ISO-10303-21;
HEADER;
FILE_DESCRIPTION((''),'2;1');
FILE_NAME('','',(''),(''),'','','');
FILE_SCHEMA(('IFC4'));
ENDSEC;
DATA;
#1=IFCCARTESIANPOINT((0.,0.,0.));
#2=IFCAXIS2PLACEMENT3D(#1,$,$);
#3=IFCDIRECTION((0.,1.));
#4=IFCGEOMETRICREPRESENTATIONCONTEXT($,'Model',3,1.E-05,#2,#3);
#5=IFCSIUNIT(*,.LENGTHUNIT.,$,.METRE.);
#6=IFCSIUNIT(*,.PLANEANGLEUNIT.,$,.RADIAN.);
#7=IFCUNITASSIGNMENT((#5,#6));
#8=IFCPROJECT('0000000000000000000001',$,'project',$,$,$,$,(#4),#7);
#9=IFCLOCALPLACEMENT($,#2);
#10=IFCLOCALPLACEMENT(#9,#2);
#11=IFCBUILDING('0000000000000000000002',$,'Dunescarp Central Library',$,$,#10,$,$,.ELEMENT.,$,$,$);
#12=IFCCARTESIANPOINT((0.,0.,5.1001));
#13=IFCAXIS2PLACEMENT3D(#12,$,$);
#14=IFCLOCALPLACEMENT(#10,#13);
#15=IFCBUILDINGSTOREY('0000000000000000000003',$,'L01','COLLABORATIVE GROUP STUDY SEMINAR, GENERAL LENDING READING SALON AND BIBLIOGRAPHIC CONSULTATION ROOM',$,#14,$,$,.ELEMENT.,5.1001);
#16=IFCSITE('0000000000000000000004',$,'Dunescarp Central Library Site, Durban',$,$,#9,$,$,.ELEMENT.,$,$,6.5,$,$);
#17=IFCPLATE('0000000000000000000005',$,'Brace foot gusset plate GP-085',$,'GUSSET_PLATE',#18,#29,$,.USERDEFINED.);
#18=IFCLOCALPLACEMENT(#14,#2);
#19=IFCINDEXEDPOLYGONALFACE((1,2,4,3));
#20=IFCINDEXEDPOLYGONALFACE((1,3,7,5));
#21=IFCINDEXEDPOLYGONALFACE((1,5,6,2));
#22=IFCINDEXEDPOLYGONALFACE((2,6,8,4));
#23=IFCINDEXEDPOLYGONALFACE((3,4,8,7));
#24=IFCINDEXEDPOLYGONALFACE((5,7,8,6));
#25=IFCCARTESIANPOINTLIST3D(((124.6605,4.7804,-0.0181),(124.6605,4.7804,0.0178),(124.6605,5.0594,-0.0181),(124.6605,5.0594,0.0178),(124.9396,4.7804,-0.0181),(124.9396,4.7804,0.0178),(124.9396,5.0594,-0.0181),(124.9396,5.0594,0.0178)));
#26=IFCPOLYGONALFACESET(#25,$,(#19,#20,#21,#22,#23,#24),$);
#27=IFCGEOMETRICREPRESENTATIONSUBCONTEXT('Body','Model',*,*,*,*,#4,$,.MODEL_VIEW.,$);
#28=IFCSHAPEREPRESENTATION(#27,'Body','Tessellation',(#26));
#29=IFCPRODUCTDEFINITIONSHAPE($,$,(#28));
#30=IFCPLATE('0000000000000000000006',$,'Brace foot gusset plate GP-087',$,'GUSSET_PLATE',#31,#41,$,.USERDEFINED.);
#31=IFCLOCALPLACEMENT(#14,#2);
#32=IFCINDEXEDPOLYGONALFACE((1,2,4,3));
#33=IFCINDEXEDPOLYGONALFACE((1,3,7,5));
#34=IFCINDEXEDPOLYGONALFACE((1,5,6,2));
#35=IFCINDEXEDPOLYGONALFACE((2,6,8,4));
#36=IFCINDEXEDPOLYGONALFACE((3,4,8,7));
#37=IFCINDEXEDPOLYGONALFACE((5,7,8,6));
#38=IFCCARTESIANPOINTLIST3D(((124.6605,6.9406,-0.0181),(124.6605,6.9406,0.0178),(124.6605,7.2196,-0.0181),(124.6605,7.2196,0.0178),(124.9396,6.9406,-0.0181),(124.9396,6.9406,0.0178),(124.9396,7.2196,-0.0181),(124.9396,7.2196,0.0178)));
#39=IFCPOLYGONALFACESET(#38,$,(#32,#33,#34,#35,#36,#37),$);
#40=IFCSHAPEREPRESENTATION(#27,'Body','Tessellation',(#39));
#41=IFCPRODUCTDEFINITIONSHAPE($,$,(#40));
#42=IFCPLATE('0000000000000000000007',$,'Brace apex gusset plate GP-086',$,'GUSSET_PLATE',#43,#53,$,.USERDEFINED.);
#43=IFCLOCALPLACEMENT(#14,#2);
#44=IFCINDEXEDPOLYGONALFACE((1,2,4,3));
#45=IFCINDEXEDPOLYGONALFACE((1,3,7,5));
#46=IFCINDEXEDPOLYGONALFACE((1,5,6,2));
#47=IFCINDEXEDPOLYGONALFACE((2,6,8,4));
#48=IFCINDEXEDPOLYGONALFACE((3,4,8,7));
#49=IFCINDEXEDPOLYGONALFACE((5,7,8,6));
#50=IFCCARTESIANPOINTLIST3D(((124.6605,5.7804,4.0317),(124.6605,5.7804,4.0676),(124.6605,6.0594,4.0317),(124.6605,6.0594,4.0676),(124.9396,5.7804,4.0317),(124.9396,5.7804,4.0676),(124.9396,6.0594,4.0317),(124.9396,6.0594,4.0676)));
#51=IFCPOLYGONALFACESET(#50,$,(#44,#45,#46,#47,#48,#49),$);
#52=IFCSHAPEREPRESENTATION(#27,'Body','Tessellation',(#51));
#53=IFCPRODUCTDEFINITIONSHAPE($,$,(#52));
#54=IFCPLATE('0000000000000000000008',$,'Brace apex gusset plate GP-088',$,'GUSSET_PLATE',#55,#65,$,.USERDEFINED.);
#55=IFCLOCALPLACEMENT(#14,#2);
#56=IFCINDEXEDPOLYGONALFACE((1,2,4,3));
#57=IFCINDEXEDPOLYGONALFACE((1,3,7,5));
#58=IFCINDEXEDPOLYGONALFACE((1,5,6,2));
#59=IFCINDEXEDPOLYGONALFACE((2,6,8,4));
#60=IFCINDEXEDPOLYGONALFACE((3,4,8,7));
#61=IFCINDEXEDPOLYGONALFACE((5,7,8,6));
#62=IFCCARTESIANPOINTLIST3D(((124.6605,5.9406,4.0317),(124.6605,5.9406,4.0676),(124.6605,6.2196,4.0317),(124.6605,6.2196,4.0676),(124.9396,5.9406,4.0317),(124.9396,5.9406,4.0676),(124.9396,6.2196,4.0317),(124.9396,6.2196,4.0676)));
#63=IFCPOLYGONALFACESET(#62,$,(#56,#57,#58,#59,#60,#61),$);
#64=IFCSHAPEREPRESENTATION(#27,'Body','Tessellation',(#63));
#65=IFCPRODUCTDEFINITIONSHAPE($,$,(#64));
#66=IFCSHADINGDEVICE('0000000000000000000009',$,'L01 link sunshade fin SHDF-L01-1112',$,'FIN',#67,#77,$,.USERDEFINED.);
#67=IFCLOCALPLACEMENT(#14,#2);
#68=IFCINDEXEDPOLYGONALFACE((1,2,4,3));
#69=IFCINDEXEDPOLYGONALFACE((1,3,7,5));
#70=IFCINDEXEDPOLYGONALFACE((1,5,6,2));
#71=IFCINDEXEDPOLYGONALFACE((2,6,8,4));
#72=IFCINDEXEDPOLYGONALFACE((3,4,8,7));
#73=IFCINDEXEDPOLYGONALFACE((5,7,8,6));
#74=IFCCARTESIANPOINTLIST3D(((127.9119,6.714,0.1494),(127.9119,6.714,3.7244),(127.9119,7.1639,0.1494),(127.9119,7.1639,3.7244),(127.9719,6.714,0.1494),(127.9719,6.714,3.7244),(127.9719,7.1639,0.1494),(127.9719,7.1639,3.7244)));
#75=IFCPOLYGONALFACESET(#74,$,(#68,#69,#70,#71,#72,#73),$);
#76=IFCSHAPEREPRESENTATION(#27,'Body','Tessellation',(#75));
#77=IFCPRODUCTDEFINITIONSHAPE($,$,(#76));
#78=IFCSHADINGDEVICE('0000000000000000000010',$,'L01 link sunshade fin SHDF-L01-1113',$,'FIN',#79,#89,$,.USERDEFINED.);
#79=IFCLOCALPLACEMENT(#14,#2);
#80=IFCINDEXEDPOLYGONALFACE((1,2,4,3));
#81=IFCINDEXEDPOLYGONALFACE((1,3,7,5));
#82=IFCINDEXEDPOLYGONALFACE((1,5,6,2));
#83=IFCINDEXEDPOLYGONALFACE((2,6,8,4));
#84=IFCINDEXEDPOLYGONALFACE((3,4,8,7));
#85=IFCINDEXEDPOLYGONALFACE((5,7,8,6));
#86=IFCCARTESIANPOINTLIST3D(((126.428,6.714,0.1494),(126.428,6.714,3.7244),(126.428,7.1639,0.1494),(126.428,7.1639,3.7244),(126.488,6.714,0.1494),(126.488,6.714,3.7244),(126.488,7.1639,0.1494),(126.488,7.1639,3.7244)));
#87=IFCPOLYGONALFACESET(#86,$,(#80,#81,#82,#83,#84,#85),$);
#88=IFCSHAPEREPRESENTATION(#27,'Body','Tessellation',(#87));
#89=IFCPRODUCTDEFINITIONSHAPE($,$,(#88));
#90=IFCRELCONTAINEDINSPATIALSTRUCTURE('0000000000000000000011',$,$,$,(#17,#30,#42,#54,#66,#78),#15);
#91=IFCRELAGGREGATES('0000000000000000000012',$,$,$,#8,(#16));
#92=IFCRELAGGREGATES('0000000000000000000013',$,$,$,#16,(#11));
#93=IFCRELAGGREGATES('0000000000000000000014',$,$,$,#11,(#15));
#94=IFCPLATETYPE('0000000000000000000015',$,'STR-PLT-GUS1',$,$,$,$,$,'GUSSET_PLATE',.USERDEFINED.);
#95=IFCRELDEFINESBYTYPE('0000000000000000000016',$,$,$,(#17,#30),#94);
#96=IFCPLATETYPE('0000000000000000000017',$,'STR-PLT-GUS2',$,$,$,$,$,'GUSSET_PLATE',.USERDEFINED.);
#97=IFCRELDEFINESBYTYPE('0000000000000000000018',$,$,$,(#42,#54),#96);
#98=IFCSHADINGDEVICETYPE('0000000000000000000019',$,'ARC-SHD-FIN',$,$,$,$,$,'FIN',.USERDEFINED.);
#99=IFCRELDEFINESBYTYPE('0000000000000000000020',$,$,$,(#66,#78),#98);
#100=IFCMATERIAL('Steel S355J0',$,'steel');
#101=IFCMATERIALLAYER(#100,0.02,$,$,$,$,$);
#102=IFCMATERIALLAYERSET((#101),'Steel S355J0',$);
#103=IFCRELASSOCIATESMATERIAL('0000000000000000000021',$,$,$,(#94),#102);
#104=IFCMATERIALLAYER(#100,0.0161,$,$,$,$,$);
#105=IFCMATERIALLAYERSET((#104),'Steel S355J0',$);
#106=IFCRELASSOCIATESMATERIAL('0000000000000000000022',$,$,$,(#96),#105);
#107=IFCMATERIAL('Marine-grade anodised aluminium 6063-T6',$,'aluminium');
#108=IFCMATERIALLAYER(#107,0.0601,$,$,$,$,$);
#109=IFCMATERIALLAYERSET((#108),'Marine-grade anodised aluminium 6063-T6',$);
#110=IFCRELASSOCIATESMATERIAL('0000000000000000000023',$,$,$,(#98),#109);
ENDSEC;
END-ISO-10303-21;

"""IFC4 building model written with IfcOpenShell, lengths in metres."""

from ifc_helpers import new_model, si_unit, direction, frame, origin, origin_2d, place, context, subcontext, project, spatial, rectangle, extrude, material, layer, layer_set, type_object, element, save


model = new_model("IFC4")

# Units and contexts
model_context = context("Model", 3, precision=1e-05, world=origin(), true_north=direction((0.0, 1.0)))
body_context = subcontext(model_context, "Body", "Model", "MODEL_VIEW")
ifc_project = project(units=[si_unit("LENGTHUNIT", "METRE"), si_unit("PLANEANGLEUNIT", "RADIAN")], contexts=[model_context])

# Site, building, storey
site_placement = place(None, origin())
site = spatial("IfcSite", under=ifc_project, at=site_placement, Name="Dunescarp Central Library Site, Durban", CompositionType="ELEMENT", RefElevation=6.5)
building_placement = place(site_placement, origin())
building = spatial("IfcBuilding", under=site, at=building_placement, Name="Dunescarp Central Library", CompositionType="ELEMENT")
storey_placement = place(building_placement, frame((0.0, 0.0, 5.1001)))
storey = spatial("IfcBuildingStorey", under=building, at=storey_placement, Name="L01", Description="COLLABORATIVE GROUP STUDY SEMINAR, GENERAL LENDING READING SALON AND BIBLIOGRAPHIC CONSULTATION ROOM", CompositionType="ELEMENT", Elevation=5.1001)

# Shared definitions
ifc_material_1 = material(Name="Marine-grade anodised aluminium 6063-T6", Category="aluminium")

# Shared definitions
ifc_material_2 = material(Name="Steel S355J0", Category="steel")

# Plates
ifc_layer_1 = layer(ifc_material_2, 0.02)
ifc_layer_set_1 = layer_set([ifc_layer_1], Name="Steel S355J0")
plate_type_1 = type_object("IfcPlateType", Name="STR-PLT-GUS1", ElementType="GUSSET_PLATE", PredefinedType="USERDEFINED", material=ifc_layer_set_1)
for number, where, z_axis, x_axis, name in (
    (1, (124.8, 4.9199, -0.0181), (0.0, 0.0, 1.0), (1.0, 0.0, 0.0), "Brace foot gusset plate GP-085"),
    (2, (124.8, 7.0801, -0.0181), (0.0, 0.0, 1.0), (1.0, 0.0, 0.0), "Brace foot gusset plate GP-087"),
):
    element("IfcPlate", number, at=place(storey_placement, frame(where, z_axis=z_axis, x_axis=x_axis)), inside=storey, type_object=plate_type_1, Name=name, ObjectType="GUSSET_PLATE", PredefinedType="USERDEFINED", context=body_context, shape_type="SweptSolid", body=[
        extrude(rectangle(XDim=0.2791, YDim=0.2791, at=origin_2d()), origin(), (0.0, 0.0, 1.0), 0.0359),
    ])
ifc_layer_2 = layer(ifc_material_2, 0.0161)
ifc_layer_set_2 = layer_set([ifc_layer_2], Name="Steel S355J0")
plate_type_2 = type_object("IfcPlateType", Name="STR-PLT-GUS2", ElementType="GUSSET_PLATE", PredefinedType="USERDEFINED", material=ifc_layer_set_2)
for number, where, z_axis, x_axis, name in (
    (3, (124.8, 5.9199, 4.0317), (0.0, 0.0, 1.0), (1.0, 0.0, 0.0), "Brace apex gusset plate GP-086"),
    (4, (124.8, 6.0801, 4.0317), (0.0, 0.0, 1.0), (1.0, 0.0, 0.0), "Brace apex gusset plate GP-088"),
):
    element("IfcPlate", number, at=place(storey_placement, frame(where, z_axis=z_axis, x_axis=x_axis)), inside=storey, type_object=plate_type_2, Name=name, ObjectType="GUSSET_PLATE", PredefinedType="USERDEFINED", context=body_context, shape_type="SweptSolid", body=[
        extrude(rectangle(XDim=0.2791, YDim=0.2791, at=origin_2d()), origin(), (0.0, 0.0, 1.0), 0.0359),
    ])

# Shading devices
ifc_layer_3 = layer(ifc_material_1, 0.0601)
ifc_layer_set_3 = layer_set([ifc_layer_3], Name="Marine-grade anodised aluminium 6063-T6")
shading_device_type = type_object("IfcShadingDeviceType", Name="ARC-SHD-FIN", ElementType="FIN", PredefinedType="USERDEFINED", material=ifc_layer_set_3)
for number, where, z_axis, x_axis, name in (
    (5, (127.9419, 6.939, 0.1494), (0.0, 0.0, 1.0), (0.0, -1.0, 0.0), "L01 link sunshade fin SHDF-L01-1112"),
    (6, (126.458, 6.939, 0.1494), (0.0, 0.0, 1.0), (0.0, -1.0, 0.0), "L01 link sunshade fin SHDF-L01-1113"),
):
    element("IfcShadingDevice", number, at=place(storey_placement, frame(where, z_axis=z_axis, x_axis=x_axis)), inside=storey, type_object=shading_device_type, Name=name, ObjectType="FIN", PredefinedType="USERDEFINED", context=body_context, shape_type="SweptSolid", body=[
        extrude(rectangle(XDim=0.45, YDim=0.0601, at=origin_2d()), origin(), (0.0, 0.0, 1.0), 3.575),
    ])

save(model, "model.ifc")
